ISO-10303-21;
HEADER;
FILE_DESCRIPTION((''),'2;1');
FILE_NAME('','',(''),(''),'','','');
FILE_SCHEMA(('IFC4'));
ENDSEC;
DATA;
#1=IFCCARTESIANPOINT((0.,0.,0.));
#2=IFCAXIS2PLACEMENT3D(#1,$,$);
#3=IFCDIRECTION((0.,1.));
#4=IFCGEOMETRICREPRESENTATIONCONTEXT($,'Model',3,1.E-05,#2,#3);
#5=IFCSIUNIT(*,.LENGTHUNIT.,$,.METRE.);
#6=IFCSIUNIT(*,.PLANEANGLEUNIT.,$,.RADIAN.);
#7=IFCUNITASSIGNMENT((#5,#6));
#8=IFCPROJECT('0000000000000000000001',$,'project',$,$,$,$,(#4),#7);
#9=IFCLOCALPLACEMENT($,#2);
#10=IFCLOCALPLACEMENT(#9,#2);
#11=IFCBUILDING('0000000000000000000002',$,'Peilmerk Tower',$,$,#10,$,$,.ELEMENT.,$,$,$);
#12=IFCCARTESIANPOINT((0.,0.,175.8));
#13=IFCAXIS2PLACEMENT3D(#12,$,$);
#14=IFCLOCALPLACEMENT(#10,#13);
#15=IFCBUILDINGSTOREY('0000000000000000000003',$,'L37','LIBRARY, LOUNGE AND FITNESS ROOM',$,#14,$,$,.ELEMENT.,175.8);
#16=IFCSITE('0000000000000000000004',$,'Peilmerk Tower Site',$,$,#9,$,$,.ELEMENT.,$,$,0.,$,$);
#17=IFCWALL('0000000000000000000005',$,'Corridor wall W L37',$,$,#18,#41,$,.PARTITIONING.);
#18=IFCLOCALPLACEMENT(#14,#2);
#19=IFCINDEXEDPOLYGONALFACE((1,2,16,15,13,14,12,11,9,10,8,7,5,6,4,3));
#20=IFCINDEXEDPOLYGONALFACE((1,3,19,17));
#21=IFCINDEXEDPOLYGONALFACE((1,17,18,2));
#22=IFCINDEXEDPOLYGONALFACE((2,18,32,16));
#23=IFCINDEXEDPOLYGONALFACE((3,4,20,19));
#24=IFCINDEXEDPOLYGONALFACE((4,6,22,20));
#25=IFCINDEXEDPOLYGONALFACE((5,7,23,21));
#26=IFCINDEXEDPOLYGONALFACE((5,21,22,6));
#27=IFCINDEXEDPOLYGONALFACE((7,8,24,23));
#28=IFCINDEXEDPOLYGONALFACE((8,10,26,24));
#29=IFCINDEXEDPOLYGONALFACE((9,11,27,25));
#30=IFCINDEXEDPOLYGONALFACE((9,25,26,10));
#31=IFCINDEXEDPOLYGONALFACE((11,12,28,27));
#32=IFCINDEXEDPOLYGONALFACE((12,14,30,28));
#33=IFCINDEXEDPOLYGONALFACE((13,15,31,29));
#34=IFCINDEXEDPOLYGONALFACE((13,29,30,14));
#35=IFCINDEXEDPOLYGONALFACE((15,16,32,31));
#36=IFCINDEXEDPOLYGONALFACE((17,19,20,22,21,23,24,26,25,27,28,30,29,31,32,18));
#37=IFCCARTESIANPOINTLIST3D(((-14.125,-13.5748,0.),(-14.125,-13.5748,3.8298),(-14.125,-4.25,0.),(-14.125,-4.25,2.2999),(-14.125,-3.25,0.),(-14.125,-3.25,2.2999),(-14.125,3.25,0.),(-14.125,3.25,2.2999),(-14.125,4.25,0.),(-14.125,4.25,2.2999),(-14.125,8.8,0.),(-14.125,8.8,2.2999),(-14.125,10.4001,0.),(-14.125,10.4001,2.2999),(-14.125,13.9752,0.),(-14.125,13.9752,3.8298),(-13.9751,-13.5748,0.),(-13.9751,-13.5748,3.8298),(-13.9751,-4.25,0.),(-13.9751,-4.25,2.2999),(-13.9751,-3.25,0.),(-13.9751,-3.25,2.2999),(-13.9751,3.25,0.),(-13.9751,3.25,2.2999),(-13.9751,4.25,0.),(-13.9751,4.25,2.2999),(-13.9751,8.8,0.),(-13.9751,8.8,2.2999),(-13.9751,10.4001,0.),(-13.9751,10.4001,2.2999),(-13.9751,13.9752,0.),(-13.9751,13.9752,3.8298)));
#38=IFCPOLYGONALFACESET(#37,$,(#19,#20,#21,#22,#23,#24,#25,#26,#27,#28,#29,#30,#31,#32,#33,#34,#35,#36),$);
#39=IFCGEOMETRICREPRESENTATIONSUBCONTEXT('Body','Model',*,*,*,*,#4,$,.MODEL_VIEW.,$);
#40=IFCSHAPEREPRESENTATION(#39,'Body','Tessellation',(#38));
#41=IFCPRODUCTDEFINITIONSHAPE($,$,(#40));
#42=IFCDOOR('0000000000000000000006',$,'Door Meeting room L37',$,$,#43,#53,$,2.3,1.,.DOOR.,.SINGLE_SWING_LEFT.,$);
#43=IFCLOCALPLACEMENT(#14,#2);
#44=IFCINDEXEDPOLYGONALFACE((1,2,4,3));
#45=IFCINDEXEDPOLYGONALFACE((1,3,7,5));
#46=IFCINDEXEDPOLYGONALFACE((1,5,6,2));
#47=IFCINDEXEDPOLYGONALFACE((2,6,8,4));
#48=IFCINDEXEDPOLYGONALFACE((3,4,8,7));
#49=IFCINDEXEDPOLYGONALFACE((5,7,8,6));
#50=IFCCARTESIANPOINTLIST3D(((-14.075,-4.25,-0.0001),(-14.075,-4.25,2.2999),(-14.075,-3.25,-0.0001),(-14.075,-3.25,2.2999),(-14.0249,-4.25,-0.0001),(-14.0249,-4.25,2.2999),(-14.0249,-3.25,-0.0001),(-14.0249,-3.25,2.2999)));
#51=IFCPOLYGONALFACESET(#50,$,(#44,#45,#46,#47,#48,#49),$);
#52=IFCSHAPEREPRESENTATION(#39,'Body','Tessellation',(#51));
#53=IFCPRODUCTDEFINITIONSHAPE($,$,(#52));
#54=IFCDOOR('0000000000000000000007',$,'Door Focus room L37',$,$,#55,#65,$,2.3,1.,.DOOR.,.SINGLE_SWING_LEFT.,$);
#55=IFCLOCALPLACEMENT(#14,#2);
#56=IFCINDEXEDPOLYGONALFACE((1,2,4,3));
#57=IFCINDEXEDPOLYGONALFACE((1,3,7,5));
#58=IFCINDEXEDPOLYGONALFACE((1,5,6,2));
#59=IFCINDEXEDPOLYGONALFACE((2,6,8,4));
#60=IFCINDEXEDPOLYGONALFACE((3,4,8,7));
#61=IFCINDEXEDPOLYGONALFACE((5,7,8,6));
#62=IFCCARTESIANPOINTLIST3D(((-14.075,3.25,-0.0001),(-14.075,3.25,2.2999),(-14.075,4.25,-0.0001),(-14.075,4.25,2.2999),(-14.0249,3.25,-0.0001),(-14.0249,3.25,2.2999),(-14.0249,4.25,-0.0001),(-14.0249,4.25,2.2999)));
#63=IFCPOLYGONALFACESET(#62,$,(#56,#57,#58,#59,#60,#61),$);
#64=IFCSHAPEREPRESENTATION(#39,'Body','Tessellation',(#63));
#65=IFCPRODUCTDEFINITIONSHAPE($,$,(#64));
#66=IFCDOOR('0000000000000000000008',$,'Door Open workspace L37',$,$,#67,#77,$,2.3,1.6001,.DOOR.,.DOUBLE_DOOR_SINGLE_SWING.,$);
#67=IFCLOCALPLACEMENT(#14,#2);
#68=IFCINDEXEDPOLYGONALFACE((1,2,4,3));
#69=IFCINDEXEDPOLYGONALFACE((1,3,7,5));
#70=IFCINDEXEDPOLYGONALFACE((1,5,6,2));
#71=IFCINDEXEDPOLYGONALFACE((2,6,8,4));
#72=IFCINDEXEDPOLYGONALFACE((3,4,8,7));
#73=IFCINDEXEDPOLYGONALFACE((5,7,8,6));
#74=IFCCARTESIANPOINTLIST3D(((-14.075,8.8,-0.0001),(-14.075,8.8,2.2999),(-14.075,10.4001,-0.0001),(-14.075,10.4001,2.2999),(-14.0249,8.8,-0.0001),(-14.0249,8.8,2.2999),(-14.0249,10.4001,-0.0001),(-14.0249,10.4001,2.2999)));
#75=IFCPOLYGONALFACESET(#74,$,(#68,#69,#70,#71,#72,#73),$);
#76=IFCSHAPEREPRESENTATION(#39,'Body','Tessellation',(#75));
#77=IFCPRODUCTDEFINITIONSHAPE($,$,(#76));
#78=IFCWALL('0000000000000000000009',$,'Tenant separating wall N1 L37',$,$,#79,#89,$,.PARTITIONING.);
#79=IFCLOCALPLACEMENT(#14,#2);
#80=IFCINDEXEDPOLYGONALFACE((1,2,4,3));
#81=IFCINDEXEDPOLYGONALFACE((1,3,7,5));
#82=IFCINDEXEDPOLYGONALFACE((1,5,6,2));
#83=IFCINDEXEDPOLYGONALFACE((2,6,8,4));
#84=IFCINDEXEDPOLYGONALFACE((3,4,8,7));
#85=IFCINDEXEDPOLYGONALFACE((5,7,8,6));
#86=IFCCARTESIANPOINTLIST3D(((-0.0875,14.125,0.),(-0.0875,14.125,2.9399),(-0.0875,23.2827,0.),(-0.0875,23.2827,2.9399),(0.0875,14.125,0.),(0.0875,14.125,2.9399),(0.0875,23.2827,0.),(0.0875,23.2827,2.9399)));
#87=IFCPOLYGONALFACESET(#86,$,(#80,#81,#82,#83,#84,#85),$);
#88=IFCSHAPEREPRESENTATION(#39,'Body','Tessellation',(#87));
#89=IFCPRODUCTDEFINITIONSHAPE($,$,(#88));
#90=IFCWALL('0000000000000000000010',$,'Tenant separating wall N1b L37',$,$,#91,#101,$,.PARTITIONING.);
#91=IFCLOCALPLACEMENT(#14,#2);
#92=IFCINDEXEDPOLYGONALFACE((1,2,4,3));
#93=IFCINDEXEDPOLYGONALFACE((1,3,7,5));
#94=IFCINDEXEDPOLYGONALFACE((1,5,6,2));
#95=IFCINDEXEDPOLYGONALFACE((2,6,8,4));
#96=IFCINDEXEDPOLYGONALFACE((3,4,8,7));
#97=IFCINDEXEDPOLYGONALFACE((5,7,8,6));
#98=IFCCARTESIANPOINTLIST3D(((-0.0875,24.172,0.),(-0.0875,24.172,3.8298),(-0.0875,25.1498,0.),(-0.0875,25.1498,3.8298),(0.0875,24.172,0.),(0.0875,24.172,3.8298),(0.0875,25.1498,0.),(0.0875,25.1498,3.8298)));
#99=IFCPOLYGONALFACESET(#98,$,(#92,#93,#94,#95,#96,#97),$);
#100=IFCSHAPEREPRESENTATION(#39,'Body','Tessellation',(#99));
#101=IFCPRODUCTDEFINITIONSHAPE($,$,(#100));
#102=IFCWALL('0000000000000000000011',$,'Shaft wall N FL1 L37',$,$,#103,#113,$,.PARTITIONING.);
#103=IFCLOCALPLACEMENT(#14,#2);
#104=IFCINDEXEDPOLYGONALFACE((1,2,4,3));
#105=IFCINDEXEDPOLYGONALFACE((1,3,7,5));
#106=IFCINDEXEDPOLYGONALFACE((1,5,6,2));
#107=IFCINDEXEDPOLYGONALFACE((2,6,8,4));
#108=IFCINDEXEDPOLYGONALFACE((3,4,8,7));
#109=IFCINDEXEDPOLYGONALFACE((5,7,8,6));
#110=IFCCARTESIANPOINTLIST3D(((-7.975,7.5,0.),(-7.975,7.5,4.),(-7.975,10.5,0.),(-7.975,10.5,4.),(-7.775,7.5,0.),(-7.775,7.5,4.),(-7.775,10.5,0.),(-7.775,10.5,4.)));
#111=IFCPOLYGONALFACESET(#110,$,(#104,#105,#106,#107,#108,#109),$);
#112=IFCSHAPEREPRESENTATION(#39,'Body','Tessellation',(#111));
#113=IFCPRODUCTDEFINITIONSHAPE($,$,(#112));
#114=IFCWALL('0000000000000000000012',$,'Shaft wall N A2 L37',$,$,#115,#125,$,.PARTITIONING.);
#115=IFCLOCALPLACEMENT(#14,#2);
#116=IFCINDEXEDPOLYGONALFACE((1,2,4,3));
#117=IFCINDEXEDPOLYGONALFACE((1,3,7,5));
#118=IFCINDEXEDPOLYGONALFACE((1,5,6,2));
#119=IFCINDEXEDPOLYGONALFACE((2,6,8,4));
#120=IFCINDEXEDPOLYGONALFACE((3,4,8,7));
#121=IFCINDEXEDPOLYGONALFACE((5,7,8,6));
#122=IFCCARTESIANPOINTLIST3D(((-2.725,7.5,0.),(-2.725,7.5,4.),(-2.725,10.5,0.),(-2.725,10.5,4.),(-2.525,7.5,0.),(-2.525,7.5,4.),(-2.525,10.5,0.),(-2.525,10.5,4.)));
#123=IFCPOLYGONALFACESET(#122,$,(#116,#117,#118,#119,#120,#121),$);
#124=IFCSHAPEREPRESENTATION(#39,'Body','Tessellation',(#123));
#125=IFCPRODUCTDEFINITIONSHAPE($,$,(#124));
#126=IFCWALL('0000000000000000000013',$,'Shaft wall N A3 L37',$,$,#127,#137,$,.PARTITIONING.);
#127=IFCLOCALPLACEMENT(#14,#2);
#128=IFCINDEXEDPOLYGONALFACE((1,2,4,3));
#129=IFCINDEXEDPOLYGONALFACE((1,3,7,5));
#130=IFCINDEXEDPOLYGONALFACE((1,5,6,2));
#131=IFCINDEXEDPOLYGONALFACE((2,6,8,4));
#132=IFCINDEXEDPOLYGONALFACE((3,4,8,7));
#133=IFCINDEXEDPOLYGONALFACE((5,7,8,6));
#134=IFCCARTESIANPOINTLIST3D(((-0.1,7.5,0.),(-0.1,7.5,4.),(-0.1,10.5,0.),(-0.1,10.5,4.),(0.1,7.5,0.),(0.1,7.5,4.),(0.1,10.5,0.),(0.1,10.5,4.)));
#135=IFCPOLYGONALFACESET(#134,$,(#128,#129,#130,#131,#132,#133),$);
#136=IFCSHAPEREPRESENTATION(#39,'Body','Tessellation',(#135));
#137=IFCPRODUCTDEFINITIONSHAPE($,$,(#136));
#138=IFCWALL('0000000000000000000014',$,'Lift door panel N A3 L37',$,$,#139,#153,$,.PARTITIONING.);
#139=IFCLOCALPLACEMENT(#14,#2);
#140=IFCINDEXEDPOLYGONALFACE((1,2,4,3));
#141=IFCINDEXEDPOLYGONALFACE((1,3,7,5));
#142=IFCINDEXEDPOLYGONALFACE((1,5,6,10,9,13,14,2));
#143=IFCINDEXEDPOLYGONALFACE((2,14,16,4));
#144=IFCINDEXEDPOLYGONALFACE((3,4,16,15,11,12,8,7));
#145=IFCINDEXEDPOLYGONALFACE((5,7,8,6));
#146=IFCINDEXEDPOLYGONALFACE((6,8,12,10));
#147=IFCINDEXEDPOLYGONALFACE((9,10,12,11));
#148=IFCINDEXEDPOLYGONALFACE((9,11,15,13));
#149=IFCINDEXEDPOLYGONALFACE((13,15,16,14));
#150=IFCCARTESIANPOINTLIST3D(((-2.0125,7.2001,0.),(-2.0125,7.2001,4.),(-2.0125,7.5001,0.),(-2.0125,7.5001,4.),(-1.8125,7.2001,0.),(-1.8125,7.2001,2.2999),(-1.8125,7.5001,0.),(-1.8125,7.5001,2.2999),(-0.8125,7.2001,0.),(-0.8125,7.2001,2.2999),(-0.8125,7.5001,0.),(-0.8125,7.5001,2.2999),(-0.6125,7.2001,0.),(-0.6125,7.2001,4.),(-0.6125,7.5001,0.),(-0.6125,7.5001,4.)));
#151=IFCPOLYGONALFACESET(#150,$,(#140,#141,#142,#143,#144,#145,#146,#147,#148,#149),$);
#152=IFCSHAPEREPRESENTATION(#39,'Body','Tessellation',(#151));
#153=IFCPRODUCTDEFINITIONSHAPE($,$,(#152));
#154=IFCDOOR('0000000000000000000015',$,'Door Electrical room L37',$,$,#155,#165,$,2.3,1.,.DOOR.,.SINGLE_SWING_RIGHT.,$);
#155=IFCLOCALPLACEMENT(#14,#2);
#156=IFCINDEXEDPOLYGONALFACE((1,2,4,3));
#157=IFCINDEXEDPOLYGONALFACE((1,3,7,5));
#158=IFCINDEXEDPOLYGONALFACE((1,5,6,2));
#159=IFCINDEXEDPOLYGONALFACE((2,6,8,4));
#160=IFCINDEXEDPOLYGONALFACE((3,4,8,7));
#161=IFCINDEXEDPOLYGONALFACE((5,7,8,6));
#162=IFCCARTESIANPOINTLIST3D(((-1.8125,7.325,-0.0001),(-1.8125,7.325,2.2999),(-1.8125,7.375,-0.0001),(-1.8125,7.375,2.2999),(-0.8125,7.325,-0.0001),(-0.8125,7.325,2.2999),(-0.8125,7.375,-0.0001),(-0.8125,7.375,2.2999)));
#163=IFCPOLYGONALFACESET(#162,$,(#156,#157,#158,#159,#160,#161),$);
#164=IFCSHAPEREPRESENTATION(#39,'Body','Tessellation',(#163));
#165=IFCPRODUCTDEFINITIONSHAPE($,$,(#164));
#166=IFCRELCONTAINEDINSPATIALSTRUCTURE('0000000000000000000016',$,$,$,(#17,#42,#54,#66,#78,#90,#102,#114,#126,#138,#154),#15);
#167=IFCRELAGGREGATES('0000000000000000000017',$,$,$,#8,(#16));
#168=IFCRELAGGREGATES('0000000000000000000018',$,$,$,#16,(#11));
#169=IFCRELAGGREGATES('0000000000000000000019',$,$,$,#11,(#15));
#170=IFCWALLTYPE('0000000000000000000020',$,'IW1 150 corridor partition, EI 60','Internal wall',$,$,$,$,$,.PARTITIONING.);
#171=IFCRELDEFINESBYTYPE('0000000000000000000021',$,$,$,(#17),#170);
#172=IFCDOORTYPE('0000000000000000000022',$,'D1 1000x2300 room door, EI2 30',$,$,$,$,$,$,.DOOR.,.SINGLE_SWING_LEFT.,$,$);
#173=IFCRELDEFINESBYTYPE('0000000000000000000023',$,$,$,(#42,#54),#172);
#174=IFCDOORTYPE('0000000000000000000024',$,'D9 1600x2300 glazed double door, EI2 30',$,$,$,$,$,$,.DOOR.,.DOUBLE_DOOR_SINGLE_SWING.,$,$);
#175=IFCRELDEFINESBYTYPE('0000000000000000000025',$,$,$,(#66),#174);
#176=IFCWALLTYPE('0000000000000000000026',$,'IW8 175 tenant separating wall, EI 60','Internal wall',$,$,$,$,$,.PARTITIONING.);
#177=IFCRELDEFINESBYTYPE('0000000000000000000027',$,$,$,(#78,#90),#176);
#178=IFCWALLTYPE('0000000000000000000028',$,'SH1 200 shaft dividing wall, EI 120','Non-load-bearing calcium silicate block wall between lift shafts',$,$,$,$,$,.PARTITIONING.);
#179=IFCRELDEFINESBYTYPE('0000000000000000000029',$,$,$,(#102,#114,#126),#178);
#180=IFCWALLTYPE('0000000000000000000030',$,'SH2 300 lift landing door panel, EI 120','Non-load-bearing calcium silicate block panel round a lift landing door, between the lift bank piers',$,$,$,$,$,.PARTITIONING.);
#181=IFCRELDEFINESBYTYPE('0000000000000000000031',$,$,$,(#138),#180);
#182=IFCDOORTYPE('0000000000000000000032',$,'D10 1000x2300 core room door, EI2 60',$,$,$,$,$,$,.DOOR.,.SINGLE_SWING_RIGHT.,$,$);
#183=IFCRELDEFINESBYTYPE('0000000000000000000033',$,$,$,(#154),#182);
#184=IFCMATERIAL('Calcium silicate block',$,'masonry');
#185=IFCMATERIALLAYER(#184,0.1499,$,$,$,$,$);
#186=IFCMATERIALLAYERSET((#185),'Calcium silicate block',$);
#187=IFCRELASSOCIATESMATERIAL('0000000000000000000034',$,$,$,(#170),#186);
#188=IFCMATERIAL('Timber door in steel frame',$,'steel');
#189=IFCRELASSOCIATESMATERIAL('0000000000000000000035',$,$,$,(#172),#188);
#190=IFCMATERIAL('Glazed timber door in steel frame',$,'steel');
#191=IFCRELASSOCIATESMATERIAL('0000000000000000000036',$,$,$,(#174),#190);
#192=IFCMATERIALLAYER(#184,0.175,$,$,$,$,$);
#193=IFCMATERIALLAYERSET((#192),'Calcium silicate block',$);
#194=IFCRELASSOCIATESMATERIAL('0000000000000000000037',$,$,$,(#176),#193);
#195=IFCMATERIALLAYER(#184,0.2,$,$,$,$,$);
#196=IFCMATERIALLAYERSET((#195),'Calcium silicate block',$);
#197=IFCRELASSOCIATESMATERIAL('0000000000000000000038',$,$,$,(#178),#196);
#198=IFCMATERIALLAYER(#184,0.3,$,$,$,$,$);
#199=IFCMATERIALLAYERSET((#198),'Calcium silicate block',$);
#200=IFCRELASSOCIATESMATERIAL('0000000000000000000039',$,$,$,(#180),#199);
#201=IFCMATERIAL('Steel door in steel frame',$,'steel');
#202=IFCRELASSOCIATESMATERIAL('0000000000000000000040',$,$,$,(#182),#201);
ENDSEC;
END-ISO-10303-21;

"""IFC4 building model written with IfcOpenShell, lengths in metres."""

from ifc_helpers import new_model, si_unit, direction, frame, frame_2d, origin, place, context, subcontext, project, spatial, rectangle, extrude, material, layer, layer_set, type_object, element, fill, save


model = new_model("IFC4")

# Units and contexts
model_context = context("Model", 3, precision=1e-05, world=origin(), true_north=direction((0.0, 1.0)))
body_context = subcontext(model_context, "Body", "Model", "MODEL_VIEW")
ifc_project = project(units=[si_unit("LENGTHUNIT", "METRE"), si_unit("PLANEANGLEUNIT", "RADIAN")], contexts=[model_context])

# Site, building, storey
site_placement = place(None, origin())
site = spatial("IfcSite", under=ifc_project, at=site_placement, Name="Peilmerk Tower Site", CompositionType="ELEMENT", RefElevation=0.0)
building_placement = place(site_placement, origin())
building = spatial("IfcBuilding", under=site, at=building_placement, Name="Peilmerk Tower", CompositionType="ELEMENT")
storey_placement = place(building_placement, frame((0.0, 0.0, 175.8)))
storey = spatial("IfcBuildingStorey", under=building, at=storey_placement, Name="L37", Description="LIBRARY, LOUNGE AND FITNESS ROOM", CompositionType="ELEMENT", Elevation=175.8)

# Wall, openings, doors
ifc_material_1 = material(Name="Calcium silicate block", Category="masonry")
ifc_layer_1 = layer(ifc_material_1, 0.1499)
ifc_layer_set_1 = layer_set([ifc_layer_1], Name="Calcium silicate block")
wall_type_1 = type_object("IfcWallType", Name="IW1 150 corridor partition, EI 60", Description="Internal wall", PredefinedType="PARTITIONING", material=ifc_layer_set_1)
ifc_material_2 = material(Name="Timber door in steel frame", Category="steel")
door_type_1 = type_object("IfcDoorType", Name="D1 1000x2300 room door, EI2 30", OperationType="SINGLE_SWING_LEFT", PredefinedType="DOOR", material=ifc_material_2)
wall_1_placement = place(storey_placement, frame((-14.05, 13.9751, 0.0), z_axis=(0.0, 0.0, 1.0), x_axis=(0.0, -1.0, 0.0)))
wall_1 = element("IfcWall", 1, at=wall_1_placement, inside=storey, type_object=wall_type_1, Name="Corridor wall W L37", PredefinedType="PARTITIONING", context=body_context, shape_type="SweptSolid", body=[
    extrude(rectangle(XDim=27.55, YDim=0.1499, at=frame_2d((13.7749, 0.0))), origin(), (0.0, 0.0, 1.0), 3.8298),
])
opening_1_placement = place(wall_1_placement, frame((3.575, 0.0, 0.0)))
opening_1 = element("IfcOpeningElement", 2, at=opening_1_placement, cuts=wall_1, PredefinedType="OPENING", context=body_context, shape_type="SweptSolid", body=[
    extrude(rectangle(XDim=1.6001, YDim=2.3, at=frame_2d((0.8, 1.1499))), frame((0.0, 0.085, 0.0), z_axis=(0.0, -1.0, 0.0), x_axis=(1.0, 0.0, 0.0)), (0.0, 0.0, 1.0), 0.1699),
])
opening_2_placement = place(wall_1_placement, frame((17.2251, 0.0, 0.0)))
opening_2 = element("IfcOpeningElement", 3, at=opening_2_placement, cuts=wall_1, PredefinedType="OPENING", context=body_context, shape_type="SweptSolid", body=[
    extrude(rectangle(XDim=1.0, YDim=2.3, at=frame_2d((0.5, 1.1499))), frame((0.0, 0.085, 0.0), z_axis=(0.0, -1.0, 0.0), x_axis=(1.0, 0.0, 0.0)), (0.0, 0.0, 1.0), 0.1699),
])
opening_3_placement = place(wall_1_placement, frame((9.7251, 0.0, 0.0)))
opening_3 = element("IfcOpeningElement", 4, at=opening_3_placement, cuts=wall_1, PredefinedType="OPENING", context=body_context, shape_type="SweptSolid", body=[
    extrude(rectangle(XDim=1.0, YDim=2.3, at=frame_2d((0.5, 1.1499))), frame((0.0, 0.085, 0.0), z_axis=(0.0, -1.0, 0.0), x_axis=(1.0, 0.0, 0.0)), (0.0, 0.0, 1.0), 0.1699),
])
door_1_placement = place(opening_2_placement, frame((1.0, 0.0, 0.0), z_axis=(0.0, 0.0, 1.0), x_axis=(-1.0, 0.0, 0.0)))
door_1 = element("IfcDoor", 5, at=door_1_placement, inside=storey, type_object=door_type_1, Name="Door Meeting room L37", OperationType="SINGLE_SWING_LEFT", OverallHeight=2.3, OverallWidth=1.0, PredefinedType="DOOR", context=body_context, shape_type="SweptSolid", body=[
    extrude(rectangle(XDim=1.0, YDim=2.3, at=frame_2d((0.5, 1.1499))), frame((0.0, 0.0249, 0.0), z_axis=(0.0, -1.0, 0.0), x_axis=(1.0, 0.0, 0.0)), (0.0, 0.0, 1.0), 0.05),
])
fill(opening_2, door_1)
door_2_placement = place(opening_3_placement, frame((1.0, 0.0, 0.0), z_axis=(0.0, 0.0, 1.0), x_axis=(-1.0, 0.0, 0.0)))
door_2 = element("IfcDoor", 6, at=door_2_placement, inside=storey, type_object=door_type_1, Name="Door Focus room L37", OperationType="SINGLE_SWING_LEFT", OverallHeight=2.3, OverallWidth=1.0, PredefinedType="DOOR", context=body_context, shape_type="SweptSolid", body=[
    extrude(rectangle(XDim=1.0, YDim=2.3, at=frame_2d((0.5, 1.1499))), frame((0.0, 0.0249, 0.0), z_axis=(0.0, -1.0, 0.0), x_axis=(1.0, 0.0, 0.0)), (0.0, 0.0, 1.0), 0.05),
])
fill(opening_3, door_2)
ifc_material_3 = material(Name="Glazed timber door in steel frame", Category="steel")
door_type_2 = type_object("IfcDoorType", Name="D9 1600x2300 glazed double door, EI2 30", OperationType="DOUBLE_DOOR_SINGLE_SWING", PredefinedType="DOOR", material=ifc_material_3)
door_3_placement = place(opening_1_placement, frame((1.6001, 0.0, 0.0), z_axis=(0.0, 0.0, 1.0), x_axis=(-1.0, 0.0, 0.0)))
door_3 = element("IfcDoor", 7, at=door_3_placement, inside=storey, type_object=door_type_2, Name="Door Open workspace L37", OperationType="DOUBLE_DOOR_SINGLE_SWING", OverallHeight=2.3, OverallWidth=1.6001, PredefinedType="DOOR", context=body_context, shape_type="SweptSolid", body=[
    extrude(rectangle(XDim=1.6001, YDim=2.3, at=frame_2d((0.8, 1.1499))), frame((0.0, 0.0249, 0.0), z_axis=(0.0, -1.0, 0.0), x_axis=(1.0, 0.0, 0.0)), (0.0, 0.0, 1.0), 0.05),
])
fill(opening_1, door_3)

# Walls
ifc_layer_2 = layer(ifc_material_1, 0.175)
ifc_layer_set_2 = layer_set([ifc_layer_2], Name="Calcium silicate block")
wall_type_2 = type_object("IfcWallType", Name="IW8 175 tenant separating wall, EI 60", Description="Internal wall", PredefinedType="PARTITIONING", material=ifc_layer_set_2)
wall_2_placement = place(storey_placement, frame((0.0, 14.125, 0.0), z_axis=(0.0, 0.0, 1.0), x_axis=(0.0, 1.0, 0.0)))
element("IfcWall", 8, at=wall_2_placement, inside=storey, type_object=wall_type_2, Name="Tenant separating wall N1 L37", PredefinedType="PARTITIONING", context=body_context, shape_type="SweptSolid", body=[
    extrude(rectangle(XDim=9.1577, YDim=0.175, at=frame_2d((4.5789, 0.0))), origin(), (0.0, 0.0, 1.0), 2.9399),
])
wall_3_placement = place(storey_placement, frame((0.0, 24.1721, 0.0), z_axis=(0.0, 0.0, 1.0), x_axis=(0.0, 1.0, 0.0)))
element("IfcWall", 9, at=wall_3_placement, inside=storey, type_object=wall_type_2, Name="Tenant separating wall N1b L37", PredefinedType="PARTITIONING", context=body_context, shape_type="SweptSolid", body=[
    extrude(rectangle(XDim=0.9778, YDim=0.175, at=frame_2d((0.4888, 0.0))), origin(), (0.0, 0.0, 1.0), 3.8298),
])
ifc_layer_3 = layer(ifc_material_1, 0.2)
ifc_layer_set_3 = layer_set([ifc_layer_3], Name="Calcium silicate block")
wall_type_3 = type_object("IfcWallType", Name="SH1 200 shaft dividing wall, EI 120", Description="Non-load-bearing calcium silicate block wall between lift shafts", PredefinedType="PARTITIONING", material=ifc_layer_set_3)
for number, where, z_axis, x_axis, name in (
    (10, (-7.875, 7.5, 0.0), (0.0, 0.0, 1.0), (0.0, 1.0, 0.0), "Shaft wall N FL1 L37"),
    (11, (-2.625, 7.5, 0.0), (0.0, 0.0, 1.0), (0.0, 1.0, 0.0), "Shaft wall N A2 L37"),
    (12, (0.0, 7.5, 0.0), (0.0, 0.0, 1.0), (0.0, 1.0, 0.0), "Shaft wall N A3 L37"),
):
    element("IfcWall", number, at=place(storey_placement, frame(where, z_axis=z_axis, x_axis=x_axis)), inside=storey, type_object=wall_type_3, Name=name, PredefinedType="PARTITIONING", context=body_context, shape_type="SweptSolid", body=[
        extrude(rectangle(XDim=3.0, YDim=0.2, at=frame_2d((1.5, 0.0))), origin(), (0.0, 0.0, 1.0), 4.0),
    ])

# Wall, opening, door
ifc_layer_4 = layer(ifc_material_1, 0.3)
ifc_layer_set_4 = layer_set([ifc_layer_4], Name="Calcium silicate block")
wall_type_4 = type_object("IfcWallType", Name="SH2 300 lift landing door panel, EI 120", Description="Non-load-bearing calcium silicate block panel round a lift landing door, between the lift bank piers", PredefinedType="PARTITIONING", material=ifc_layer_set_4)
wall_4_placement = place(storey_placement, frame((-2.0125, 7.3501, 0.0), z_axis=(0.0, 0.0, 1.0), x_axis=(1.0, 0.0, 0.0)))
wall_4 = element("IfcWall", 13, at=wall_4_placement, inside=storey, type_object=wall_type_4, Name="Lift door panel N A3 L37", PredefinedType="PARTITIONING", context=body_context, shape_type="SweptSolid", body=[
    extrude(rectangle(XDim=1.3999, YDim=0.3, at=frame_2d((0.7, 0.0))), origin(), (0.0, 0.0, 1.0), 4.0),
])
opening_4_placement = place(wall_4_placement, frame((0.2, 0.0, 0.0)))
opening_4 = element("IfcOpeningElement", 14, at=opening_4_placement, cuts=wall_4, PredefinedType="OPENING", context=body_context, shape_type="SweptSolid", body=[
    extrude(rectangle(XDim=1.0, YDim=2.3, at=frame_2d((0.5, 1.1499))), frame((0.0, 0.1599, 0.0), z_axis=(0.0, -1.0, 0.0), x_axis=(1.0, 0.0, 0.0)), (0.0, 0.0, 1.0), 0.3201),
])
ifc_material_4 = material(Name="Steel door in steel frame", Category="steel")
door_type_3 = type_object("IfcDoorType", Name="D10 1000x2300 core room door, EI2 60", OperationType="SINGLE_SWING_RIGHT", PredefinedType="DOOR", material=ifc_material_4)
door_4_placement = place(opening_4_placement, origin())
door_4 = element("IfcDoor", 15, at=door_4_placement, inside=storey, type_object=door_type_3, Name="Door Electrical room L37", OperationType="SINGLE_SWING_RIGHT", OverallHeight=2.3, OverallWidth=1.0, PredefinedType="DOOR", context=body_context, shape_type="SweptSolid", body=[
    extrude(rectangle(XDim=1.0, YDim=2.3, at=frame_2d((0.5, 1.1499))), frame((0.0, 0.0249, 0.0), z_axis=(0.0, -1.0, 0.0), x_axis=(1.0, 0.0, 0.0)), (0.0, 0.0, 1.0), 0.05),
])
fill(opening_4, door_4)

save(model, "model.ifc")
